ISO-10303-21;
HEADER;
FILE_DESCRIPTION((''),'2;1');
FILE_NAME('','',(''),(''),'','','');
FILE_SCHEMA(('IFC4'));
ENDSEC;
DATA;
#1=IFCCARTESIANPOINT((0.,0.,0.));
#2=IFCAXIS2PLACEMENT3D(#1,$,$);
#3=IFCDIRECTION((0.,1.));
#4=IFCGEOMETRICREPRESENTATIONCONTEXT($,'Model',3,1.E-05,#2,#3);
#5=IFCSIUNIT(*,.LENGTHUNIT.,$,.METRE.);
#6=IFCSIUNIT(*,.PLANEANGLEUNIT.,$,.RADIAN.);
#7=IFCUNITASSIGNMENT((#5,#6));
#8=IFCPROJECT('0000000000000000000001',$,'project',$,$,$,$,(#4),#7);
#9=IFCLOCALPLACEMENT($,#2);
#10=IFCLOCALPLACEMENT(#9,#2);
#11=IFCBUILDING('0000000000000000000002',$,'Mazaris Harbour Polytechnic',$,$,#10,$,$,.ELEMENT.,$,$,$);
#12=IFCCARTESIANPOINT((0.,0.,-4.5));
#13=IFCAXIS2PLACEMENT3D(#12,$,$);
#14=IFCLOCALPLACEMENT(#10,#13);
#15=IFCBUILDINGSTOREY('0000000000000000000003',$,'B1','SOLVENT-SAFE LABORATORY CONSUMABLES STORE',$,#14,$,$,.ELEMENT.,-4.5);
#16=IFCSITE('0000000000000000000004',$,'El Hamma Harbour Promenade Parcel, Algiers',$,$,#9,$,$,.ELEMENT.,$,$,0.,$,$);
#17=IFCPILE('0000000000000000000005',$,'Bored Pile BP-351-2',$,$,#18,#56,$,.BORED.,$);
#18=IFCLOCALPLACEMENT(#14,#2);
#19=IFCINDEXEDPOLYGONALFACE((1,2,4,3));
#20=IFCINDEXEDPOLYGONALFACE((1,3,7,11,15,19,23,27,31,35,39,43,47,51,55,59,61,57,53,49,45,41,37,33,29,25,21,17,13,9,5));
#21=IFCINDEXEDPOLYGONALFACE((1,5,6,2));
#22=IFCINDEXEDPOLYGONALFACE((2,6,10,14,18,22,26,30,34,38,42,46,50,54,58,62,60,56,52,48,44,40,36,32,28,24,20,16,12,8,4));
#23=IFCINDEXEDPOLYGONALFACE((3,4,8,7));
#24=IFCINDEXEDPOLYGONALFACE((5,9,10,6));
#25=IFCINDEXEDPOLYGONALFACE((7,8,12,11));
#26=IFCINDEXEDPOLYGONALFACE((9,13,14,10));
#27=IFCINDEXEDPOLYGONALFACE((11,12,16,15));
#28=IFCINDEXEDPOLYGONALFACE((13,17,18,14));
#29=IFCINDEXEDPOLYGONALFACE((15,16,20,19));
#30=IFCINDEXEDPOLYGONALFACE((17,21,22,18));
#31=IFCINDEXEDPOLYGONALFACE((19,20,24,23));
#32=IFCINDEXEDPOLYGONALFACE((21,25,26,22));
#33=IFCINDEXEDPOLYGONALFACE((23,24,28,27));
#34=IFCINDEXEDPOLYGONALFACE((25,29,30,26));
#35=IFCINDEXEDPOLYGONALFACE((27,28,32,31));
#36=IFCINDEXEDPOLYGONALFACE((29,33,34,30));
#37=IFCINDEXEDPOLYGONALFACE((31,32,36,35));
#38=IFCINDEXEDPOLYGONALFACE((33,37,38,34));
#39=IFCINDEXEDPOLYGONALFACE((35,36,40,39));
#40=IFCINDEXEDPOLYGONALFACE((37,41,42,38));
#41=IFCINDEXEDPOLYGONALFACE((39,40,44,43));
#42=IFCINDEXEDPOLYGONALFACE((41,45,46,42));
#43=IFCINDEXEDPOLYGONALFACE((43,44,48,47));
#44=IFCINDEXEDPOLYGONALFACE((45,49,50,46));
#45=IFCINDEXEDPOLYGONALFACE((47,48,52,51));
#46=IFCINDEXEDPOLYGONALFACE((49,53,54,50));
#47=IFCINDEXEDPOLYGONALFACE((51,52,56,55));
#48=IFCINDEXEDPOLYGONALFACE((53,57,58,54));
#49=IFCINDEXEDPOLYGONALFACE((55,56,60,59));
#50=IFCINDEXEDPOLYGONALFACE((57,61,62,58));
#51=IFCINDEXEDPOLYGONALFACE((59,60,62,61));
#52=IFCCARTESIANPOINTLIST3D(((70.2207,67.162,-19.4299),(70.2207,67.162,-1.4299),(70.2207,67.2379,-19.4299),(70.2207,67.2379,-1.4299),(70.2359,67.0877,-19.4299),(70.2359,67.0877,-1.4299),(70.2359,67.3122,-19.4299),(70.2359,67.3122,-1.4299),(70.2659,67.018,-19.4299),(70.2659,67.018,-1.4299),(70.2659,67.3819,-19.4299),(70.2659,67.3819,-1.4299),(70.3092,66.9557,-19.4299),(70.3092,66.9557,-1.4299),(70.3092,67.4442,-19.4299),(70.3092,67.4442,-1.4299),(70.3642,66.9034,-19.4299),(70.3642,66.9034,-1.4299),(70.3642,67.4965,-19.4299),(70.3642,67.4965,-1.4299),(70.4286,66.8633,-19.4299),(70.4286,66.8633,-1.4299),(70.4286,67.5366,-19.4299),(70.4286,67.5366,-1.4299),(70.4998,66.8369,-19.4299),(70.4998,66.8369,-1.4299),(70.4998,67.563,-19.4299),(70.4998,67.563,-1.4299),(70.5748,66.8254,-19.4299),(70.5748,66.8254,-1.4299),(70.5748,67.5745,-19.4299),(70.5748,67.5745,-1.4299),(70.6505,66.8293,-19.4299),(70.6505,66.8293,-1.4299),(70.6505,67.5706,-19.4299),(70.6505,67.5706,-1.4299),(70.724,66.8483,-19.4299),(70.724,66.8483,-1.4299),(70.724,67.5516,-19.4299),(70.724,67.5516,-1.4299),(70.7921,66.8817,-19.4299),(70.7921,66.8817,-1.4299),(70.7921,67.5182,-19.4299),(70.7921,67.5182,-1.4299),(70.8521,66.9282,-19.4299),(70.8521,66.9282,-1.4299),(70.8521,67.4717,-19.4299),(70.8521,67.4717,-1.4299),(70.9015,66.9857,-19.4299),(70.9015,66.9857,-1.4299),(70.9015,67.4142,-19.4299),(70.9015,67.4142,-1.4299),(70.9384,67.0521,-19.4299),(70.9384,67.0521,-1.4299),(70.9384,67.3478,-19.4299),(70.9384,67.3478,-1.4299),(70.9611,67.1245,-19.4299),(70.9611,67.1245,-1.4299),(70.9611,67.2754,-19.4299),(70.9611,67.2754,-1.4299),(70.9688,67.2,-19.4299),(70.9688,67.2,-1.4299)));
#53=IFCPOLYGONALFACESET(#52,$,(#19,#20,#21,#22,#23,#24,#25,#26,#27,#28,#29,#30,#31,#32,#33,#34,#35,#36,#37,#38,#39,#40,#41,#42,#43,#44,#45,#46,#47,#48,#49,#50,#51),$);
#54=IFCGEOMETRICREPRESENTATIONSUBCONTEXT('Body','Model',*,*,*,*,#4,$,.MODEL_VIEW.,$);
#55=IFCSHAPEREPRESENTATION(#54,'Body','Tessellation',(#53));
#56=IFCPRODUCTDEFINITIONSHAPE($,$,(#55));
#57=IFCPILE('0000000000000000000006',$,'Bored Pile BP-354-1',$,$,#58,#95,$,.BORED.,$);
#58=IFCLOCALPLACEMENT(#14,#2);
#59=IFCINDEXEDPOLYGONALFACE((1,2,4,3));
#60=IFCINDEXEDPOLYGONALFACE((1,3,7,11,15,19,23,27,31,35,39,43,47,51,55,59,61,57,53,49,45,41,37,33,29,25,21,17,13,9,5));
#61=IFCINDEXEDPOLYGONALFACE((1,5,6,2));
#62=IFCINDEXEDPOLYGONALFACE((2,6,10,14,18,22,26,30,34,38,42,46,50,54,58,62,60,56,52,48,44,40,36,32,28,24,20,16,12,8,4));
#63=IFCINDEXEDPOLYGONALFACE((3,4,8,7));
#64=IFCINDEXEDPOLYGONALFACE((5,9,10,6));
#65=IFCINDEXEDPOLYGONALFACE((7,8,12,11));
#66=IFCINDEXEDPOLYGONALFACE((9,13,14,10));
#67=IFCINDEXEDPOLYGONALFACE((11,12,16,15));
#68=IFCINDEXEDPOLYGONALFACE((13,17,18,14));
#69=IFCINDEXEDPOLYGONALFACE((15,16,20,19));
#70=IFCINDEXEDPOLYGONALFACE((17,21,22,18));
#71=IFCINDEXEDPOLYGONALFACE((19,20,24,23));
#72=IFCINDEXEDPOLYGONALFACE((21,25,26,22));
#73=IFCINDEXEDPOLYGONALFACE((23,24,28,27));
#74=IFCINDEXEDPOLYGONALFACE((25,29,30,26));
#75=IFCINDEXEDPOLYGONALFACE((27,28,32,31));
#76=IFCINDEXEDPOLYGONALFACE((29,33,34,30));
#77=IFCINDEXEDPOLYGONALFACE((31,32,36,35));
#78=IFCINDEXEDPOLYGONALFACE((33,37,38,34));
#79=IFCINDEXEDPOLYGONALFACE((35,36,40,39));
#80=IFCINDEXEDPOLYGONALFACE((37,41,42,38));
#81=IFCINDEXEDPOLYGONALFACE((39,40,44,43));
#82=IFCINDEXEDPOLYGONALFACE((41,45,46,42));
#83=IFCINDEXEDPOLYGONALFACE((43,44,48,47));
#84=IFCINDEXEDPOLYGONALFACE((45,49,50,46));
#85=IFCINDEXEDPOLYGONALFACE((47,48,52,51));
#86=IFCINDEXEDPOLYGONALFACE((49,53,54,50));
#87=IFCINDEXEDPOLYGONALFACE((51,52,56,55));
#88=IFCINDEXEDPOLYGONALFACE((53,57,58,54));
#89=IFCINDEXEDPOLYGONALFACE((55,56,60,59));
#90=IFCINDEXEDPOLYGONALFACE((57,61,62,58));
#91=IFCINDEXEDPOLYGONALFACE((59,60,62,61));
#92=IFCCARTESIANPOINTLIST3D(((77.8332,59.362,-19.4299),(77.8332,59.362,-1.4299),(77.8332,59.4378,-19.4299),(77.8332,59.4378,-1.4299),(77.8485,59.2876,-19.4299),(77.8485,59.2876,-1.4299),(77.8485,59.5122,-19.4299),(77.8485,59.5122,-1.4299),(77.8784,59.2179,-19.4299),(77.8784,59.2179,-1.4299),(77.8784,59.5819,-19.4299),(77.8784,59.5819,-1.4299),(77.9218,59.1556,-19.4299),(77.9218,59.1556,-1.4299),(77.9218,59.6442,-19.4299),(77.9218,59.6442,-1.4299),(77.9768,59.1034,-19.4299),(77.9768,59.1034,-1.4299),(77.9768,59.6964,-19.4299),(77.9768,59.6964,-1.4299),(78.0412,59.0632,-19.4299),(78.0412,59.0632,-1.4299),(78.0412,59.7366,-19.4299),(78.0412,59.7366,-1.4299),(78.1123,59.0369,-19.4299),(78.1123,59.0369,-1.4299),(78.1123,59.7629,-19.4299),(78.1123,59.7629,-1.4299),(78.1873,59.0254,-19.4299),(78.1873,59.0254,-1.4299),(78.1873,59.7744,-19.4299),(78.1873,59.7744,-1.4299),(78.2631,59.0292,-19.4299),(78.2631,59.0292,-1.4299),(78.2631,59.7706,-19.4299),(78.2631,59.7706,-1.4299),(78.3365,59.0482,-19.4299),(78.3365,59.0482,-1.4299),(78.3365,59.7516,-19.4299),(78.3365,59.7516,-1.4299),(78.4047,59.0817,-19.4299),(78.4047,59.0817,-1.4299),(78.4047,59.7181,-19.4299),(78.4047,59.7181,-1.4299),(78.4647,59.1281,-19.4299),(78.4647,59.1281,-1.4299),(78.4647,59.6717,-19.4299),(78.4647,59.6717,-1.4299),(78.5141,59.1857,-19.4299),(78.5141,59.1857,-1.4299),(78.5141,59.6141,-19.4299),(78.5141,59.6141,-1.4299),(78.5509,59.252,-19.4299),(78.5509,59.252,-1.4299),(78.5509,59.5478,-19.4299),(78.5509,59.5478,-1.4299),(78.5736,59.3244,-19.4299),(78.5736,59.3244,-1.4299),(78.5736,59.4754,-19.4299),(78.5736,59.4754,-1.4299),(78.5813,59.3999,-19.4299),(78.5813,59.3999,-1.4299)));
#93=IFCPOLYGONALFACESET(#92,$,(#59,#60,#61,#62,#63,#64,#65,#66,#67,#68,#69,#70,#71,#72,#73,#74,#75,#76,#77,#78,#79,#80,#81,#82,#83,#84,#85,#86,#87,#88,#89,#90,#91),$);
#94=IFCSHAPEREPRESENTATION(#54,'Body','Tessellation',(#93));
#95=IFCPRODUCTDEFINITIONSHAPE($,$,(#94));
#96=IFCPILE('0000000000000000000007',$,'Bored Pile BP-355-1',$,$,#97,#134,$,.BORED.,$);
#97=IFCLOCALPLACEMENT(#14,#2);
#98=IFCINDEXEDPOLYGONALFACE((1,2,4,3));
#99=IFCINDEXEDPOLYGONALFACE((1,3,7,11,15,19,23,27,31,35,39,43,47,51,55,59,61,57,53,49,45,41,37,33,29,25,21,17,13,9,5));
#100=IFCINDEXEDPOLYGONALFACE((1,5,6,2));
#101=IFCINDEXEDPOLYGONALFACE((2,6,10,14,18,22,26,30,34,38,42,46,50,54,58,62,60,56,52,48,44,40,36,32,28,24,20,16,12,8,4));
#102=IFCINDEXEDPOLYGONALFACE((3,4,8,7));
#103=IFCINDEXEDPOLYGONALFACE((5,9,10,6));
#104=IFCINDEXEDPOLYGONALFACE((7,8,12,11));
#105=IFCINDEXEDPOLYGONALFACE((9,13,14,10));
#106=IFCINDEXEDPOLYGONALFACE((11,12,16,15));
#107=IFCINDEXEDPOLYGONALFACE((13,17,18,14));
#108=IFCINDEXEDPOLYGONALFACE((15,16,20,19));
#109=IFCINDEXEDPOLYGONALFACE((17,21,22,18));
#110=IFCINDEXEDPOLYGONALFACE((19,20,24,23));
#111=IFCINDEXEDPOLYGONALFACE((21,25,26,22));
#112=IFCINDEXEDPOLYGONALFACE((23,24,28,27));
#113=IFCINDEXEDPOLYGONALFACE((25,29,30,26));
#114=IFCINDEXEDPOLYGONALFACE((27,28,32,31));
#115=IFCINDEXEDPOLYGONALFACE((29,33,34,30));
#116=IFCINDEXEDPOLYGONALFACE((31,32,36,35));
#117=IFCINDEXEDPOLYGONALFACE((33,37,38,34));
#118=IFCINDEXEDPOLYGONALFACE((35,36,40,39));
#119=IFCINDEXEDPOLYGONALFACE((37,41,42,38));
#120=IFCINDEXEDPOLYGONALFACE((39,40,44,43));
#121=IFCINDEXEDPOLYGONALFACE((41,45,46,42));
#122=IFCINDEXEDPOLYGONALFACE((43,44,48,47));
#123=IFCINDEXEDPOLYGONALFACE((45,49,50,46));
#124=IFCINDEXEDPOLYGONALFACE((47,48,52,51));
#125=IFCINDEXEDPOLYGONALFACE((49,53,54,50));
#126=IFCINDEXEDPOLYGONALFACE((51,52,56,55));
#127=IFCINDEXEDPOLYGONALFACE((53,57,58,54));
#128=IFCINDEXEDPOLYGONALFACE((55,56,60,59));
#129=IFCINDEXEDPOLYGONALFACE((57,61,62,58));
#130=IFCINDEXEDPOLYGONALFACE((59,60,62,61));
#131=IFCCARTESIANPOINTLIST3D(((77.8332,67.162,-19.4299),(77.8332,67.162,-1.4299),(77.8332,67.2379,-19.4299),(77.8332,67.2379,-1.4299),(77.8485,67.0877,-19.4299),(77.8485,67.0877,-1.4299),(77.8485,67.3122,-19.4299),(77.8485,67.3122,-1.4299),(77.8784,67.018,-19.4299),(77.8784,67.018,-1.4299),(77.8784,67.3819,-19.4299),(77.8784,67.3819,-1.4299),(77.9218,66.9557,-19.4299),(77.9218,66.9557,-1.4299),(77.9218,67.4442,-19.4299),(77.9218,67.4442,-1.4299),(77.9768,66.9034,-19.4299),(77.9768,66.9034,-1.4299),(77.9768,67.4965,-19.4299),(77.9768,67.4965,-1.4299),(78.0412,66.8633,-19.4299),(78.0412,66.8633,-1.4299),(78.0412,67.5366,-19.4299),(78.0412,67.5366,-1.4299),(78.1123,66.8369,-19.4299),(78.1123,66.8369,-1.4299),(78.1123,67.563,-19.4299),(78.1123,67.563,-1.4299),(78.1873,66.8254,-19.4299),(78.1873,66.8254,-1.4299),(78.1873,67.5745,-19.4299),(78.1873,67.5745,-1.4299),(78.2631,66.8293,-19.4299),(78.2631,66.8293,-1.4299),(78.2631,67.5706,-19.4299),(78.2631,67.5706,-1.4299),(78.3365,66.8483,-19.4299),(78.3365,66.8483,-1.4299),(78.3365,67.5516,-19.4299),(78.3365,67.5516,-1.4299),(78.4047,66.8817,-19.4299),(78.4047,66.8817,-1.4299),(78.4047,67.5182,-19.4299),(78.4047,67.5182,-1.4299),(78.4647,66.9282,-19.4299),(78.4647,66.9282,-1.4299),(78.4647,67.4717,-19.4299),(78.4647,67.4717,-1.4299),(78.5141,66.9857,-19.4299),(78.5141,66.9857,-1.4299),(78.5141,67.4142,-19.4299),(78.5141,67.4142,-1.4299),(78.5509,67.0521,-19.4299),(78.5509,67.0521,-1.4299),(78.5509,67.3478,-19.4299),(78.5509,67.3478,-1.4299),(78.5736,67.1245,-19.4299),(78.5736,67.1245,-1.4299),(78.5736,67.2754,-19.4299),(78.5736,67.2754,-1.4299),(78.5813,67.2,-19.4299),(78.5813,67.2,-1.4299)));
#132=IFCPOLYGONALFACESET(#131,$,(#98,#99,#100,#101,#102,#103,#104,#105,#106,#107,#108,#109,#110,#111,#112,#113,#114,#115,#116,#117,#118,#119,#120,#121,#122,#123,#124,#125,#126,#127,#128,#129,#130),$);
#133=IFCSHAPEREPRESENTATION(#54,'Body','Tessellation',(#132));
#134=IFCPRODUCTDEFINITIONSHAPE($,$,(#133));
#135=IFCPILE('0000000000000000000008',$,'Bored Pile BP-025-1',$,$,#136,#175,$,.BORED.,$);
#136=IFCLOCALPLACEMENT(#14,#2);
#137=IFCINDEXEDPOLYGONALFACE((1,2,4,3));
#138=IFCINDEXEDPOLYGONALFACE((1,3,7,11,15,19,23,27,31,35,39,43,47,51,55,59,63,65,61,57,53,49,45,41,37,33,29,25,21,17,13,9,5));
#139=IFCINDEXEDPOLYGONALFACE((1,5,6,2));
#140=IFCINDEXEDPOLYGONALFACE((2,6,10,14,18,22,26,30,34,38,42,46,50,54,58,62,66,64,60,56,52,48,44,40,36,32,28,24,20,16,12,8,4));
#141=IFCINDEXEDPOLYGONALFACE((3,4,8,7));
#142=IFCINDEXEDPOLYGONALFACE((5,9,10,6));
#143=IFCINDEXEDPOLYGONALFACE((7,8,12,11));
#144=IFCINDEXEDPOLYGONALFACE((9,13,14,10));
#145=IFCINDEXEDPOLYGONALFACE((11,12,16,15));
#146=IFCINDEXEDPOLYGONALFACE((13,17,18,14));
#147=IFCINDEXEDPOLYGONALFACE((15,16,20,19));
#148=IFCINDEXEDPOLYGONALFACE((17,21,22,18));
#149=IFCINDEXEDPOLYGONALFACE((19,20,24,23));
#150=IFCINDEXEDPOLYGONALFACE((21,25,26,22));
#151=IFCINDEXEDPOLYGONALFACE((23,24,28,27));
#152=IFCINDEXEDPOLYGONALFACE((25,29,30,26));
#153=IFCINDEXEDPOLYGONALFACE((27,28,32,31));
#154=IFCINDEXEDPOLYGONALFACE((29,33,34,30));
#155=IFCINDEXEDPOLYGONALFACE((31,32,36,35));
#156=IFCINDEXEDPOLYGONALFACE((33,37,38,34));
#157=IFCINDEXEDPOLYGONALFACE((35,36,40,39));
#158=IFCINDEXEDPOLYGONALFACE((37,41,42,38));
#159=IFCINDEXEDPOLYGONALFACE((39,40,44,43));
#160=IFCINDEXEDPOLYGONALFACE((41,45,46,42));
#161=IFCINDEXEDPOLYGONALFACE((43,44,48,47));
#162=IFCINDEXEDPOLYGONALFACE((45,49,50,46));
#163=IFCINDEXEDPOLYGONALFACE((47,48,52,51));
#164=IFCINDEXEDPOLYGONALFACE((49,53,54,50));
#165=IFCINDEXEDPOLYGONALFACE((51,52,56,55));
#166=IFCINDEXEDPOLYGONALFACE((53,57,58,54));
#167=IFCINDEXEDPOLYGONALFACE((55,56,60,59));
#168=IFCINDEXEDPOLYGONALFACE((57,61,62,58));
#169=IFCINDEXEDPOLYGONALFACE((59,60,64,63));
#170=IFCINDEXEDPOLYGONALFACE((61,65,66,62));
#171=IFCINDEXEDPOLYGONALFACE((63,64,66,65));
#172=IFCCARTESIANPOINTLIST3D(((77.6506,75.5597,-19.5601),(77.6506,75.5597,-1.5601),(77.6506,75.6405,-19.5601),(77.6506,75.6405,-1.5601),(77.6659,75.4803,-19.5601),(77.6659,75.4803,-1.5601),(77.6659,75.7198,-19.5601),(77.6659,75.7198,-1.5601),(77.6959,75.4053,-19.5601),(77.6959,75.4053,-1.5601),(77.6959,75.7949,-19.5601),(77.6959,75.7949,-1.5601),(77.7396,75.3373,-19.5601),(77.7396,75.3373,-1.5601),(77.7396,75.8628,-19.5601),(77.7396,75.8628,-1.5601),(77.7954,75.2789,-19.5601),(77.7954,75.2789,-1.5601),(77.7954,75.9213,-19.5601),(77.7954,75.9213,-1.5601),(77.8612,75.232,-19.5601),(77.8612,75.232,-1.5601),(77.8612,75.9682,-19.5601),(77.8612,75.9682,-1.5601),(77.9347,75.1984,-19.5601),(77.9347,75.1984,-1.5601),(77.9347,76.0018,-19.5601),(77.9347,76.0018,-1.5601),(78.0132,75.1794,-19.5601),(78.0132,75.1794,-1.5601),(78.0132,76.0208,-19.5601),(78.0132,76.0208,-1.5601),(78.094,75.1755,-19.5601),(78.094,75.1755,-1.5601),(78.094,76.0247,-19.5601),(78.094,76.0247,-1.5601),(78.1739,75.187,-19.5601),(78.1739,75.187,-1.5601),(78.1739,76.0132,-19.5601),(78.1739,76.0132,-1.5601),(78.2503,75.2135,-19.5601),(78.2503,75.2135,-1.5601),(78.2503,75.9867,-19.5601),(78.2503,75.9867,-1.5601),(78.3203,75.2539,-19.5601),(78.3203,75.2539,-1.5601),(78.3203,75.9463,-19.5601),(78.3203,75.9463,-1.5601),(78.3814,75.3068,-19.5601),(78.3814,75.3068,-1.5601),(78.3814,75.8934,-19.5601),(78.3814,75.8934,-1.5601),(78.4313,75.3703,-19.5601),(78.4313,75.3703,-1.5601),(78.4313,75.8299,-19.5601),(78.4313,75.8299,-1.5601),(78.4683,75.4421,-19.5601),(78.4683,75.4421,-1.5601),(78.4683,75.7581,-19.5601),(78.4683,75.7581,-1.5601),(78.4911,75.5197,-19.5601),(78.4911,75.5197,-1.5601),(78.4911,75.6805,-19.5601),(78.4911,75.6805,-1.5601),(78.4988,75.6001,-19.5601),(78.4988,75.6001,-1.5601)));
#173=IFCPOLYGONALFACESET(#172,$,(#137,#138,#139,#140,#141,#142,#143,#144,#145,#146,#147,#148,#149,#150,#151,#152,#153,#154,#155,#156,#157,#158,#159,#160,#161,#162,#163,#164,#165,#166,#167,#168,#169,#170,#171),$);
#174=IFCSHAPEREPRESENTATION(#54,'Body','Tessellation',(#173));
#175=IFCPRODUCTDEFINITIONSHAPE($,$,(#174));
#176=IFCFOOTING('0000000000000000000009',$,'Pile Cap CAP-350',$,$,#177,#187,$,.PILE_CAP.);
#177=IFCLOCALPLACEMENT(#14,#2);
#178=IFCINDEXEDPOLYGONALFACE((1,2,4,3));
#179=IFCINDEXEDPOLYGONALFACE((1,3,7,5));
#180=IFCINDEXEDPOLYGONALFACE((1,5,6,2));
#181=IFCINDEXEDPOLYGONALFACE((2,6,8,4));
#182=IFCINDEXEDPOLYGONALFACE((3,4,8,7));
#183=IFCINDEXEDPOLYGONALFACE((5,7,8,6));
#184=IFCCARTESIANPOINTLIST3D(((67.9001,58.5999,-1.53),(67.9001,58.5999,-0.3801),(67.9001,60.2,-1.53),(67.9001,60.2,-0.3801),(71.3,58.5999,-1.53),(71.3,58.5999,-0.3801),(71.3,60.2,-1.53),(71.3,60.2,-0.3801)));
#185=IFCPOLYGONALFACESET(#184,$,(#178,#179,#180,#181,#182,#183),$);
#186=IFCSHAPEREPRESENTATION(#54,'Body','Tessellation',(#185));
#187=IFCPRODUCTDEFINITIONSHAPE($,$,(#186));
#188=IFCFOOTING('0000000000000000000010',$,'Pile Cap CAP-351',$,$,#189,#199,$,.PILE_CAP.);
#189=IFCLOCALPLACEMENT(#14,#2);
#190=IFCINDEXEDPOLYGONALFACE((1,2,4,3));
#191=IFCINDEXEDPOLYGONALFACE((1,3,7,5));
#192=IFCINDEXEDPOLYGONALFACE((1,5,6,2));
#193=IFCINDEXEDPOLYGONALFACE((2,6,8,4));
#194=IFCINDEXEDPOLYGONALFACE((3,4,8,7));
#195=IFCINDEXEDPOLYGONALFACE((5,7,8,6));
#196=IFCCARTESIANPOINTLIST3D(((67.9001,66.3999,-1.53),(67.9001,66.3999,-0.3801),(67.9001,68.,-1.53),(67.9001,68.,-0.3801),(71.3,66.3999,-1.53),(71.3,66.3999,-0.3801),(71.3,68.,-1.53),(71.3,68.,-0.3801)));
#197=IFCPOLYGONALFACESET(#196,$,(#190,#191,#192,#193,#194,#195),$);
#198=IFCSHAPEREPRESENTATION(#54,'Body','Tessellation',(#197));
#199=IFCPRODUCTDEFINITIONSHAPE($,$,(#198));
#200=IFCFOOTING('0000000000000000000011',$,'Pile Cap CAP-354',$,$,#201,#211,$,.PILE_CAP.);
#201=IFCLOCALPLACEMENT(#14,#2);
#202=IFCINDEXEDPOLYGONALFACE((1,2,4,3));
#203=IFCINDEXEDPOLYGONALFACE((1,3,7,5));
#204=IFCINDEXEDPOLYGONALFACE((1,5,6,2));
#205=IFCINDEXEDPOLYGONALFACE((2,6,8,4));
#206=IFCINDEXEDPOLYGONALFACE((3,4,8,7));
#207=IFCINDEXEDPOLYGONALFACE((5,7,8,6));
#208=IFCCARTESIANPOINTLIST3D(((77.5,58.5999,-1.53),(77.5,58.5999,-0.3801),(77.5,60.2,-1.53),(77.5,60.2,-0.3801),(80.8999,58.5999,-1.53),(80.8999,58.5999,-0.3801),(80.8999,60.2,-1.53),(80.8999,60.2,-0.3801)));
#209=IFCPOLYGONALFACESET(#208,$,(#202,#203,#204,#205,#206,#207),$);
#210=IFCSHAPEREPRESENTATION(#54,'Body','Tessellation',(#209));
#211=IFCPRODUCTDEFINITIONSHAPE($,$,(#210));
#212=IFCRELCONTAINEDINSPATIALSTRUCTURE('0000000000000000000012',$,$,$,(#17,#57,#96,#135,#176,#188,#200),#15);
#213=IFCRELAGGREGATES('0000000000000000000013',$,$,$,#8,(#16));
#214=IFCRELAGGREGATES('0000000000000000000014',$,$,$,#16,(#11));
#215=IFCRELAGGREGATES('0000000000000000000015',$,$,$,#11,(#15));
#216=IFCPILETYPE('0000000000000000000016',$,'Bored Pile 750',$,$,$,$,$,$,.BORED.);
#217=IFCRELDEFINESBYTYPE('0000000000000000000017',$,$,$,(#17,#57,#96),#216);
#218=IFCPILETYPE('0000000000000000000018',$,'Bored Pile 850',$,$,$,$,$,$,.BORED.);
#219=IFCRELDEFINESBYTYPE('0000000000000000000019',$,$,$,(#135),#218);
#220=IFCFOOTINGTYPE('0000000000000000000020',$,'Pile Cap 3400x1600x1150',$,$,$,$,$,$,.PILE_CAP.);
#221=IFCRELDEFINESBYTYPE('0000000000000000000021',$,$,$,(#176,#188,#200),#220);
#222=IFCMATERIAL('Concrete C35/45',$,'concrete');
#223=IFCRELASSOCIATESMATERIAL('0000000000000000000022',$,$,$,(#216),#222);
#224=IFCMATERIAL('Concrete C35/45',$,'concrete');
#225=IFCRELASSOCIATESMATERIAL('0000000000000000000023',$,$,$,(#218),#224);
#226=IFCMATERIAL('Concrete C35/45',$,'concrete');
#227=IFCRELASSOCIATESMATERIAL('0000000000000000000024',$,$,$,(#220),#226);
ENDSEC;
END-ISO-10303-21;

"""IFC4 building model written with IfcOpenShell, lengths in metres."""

from ifc_helpers import new_model, si_unit, direction, frame, origin, origin_2d, place, context, subcontext, project, spatial, rectangle, circle, extrude, material, material_profile, profile_set, type_object, element, save


model = new_model("IFC4")

# Units and contexts
model_context = context("Model", 3, precision=1e-05, world=origin(), true_north=direction((0.0, 1.0)))
body_context = subcontext(model_context, "Body", "Model", "MODEL_VIEW")
ifc_project = project(units=[si_unit("LENGTHUNIT", "METRE"), si_unit("PLANEANGLEUNIT", "RADIAN")], contexts=[model_context])

# Site, building, storey
site_placement = place(None, origin())
site = spatial("IfcSite", under=ifc_project, at=site_placement, Name="El Hamma Harbour Promenade Parcel, Algiers", CompositionType="ELEMENT", RefElevation=0.0)
building_placement = place(site_placement, origin())
building = spatial("IfcBuilding", under=site, at=building_placement, Name="Mazaris Harbour Polytechnic", CompositionType="ELEMENT")
storey_placement = place(building_placement, frame((0.0, 0.0, -4.5)))
storey = spatial("IfcBuildingStorey", under=building, at=storey_placement, Name="B1", Description="SOLVENT-SAFE LABORATORY CONSUMABLES STORE", CompositionType="ELEMENT", Elevation=-4.5)

# Piles
ifc_material_1 = material(Name="Concrete C35/45", Category="concrete")
ifc_material_profile_1 = material_profile(ifc_material_1, circle(Radius=0.375, at=origin_2d()), Name="DIA750")
ifc_profile_set_1 = profile_set([ifc_material_profile_1], Name="Concrete C35/45")
pile_type_1 = type_object("IfcPileType", Name="Bored Pile 750", PredefinedType="BORED", material=ifc_profile_set_1)
for number, where, z_axis, x_axis, name in (
    (1, (70.5938, 67.2, -1.4299), (0.0, 0.0, -1.0), (1.0, 0.0, 0.0), "Bored Pile BP-351-2"),
    (2, (78.2063, 59.3999, -1.4299), (0.0, 0.0, -1.0), (1.0, 0.0, 0.0), "Bored Pile BP-354-1"),
    (3, (78.2063, 67.2, -1.4299), (0.0, 0.0, -1.0), (1.0, 0.0, 0.0), "Bored Pile BP-355-1"),
):
    element("IfcPile", number, at=place(storey_placement, frame(where, z_axis=z_axis, x_axis=x_axis)), inside=storey, type_object=pile_type_1, Name=name, PredefinedType="BORED", context=body_context, shape_type="SweptSolid", body=[
        extrude(circle(Radius=0.375, at=origin_2d()), origin(), (0.0, 0.0, 1.0), 18.0),
    ])
ifc_material_2 = material(Name="Concrete C35/45", Category="concrete")
ifc_material_profile_2 = material_profile(ifc_material_2, circle(Radius=0.425, at=origin_2d()), Name="DIA850")
ifc_profile_set_2 = profile_set([ifc_material_profile_2], Name="Concrete C35/45")
pile_type_2 = type_object("IfcPileType", Name="Bored Pile 850", PredefinedType="BORED", material=ifc_profile_set_2)
pile_placement = place(storey_placement, frame((78.0737, 75.6001, -1.5601), z_axis=(0.0, 0.0, -1.0), x_axis=(1.0, 0.0, 0.0)))
element("IfcPile", 4, at=pile_placement, inside=storey, type_object=pile_type_2, Name="Bored Pile BP-025-1", PredefinedType="BORED", context=body_context, shape_type="SweptSolid", body=[
    extrude(circle(Radius=0.425, at=origin_2d()), origin(), (0.0, 0.0, 1.0), 18.0),
])

# Footings
ifc_material_3 = material(Name="Concrete C35/45", Category="concrete")
footing_type_1 = type_object("IfcFootingType", Name="Pile Cap 3400x1600x1150", PredefinedType="PILE_CAP", material=ifc_material_3)
for number, where, z_axis, x_axis, name in (
    (5, (69.6001, 59.3999, -1.53), (0.0, 0.0, 1.0), (1.0, 0.0, 0.0), "Pile Cap CAP-350"),
    (6, (69.6001, 67.2, -1.53), (0.0, 0.0, 1.0), (1.0, 0.0, 0.0), "Pile Cap CAP-351"),
    (7, (79.2, 59.3999, -1.53), (0.0, 0.0, 1.0), (1.0, 0.0, 0.0), "Pile Cap CAP-354"),
):
    element("IfcFooting", number, at=place(storey_placement, frame(where, z_axis=z_axis, x_axis=x_axis)), inside=storey, type_object=footing_type_1, Name=name, PredefinedType="PILE_CAP", context=body_context, shape_type="SweptSolid", body=[
        extrude(rectangle(XDim=3.3999, YDim=1.6001, at=origin_2d()), origin(), (0.0, 0.0, 1.0), 1.1499),
    ])

save(model, "model.ifc")
